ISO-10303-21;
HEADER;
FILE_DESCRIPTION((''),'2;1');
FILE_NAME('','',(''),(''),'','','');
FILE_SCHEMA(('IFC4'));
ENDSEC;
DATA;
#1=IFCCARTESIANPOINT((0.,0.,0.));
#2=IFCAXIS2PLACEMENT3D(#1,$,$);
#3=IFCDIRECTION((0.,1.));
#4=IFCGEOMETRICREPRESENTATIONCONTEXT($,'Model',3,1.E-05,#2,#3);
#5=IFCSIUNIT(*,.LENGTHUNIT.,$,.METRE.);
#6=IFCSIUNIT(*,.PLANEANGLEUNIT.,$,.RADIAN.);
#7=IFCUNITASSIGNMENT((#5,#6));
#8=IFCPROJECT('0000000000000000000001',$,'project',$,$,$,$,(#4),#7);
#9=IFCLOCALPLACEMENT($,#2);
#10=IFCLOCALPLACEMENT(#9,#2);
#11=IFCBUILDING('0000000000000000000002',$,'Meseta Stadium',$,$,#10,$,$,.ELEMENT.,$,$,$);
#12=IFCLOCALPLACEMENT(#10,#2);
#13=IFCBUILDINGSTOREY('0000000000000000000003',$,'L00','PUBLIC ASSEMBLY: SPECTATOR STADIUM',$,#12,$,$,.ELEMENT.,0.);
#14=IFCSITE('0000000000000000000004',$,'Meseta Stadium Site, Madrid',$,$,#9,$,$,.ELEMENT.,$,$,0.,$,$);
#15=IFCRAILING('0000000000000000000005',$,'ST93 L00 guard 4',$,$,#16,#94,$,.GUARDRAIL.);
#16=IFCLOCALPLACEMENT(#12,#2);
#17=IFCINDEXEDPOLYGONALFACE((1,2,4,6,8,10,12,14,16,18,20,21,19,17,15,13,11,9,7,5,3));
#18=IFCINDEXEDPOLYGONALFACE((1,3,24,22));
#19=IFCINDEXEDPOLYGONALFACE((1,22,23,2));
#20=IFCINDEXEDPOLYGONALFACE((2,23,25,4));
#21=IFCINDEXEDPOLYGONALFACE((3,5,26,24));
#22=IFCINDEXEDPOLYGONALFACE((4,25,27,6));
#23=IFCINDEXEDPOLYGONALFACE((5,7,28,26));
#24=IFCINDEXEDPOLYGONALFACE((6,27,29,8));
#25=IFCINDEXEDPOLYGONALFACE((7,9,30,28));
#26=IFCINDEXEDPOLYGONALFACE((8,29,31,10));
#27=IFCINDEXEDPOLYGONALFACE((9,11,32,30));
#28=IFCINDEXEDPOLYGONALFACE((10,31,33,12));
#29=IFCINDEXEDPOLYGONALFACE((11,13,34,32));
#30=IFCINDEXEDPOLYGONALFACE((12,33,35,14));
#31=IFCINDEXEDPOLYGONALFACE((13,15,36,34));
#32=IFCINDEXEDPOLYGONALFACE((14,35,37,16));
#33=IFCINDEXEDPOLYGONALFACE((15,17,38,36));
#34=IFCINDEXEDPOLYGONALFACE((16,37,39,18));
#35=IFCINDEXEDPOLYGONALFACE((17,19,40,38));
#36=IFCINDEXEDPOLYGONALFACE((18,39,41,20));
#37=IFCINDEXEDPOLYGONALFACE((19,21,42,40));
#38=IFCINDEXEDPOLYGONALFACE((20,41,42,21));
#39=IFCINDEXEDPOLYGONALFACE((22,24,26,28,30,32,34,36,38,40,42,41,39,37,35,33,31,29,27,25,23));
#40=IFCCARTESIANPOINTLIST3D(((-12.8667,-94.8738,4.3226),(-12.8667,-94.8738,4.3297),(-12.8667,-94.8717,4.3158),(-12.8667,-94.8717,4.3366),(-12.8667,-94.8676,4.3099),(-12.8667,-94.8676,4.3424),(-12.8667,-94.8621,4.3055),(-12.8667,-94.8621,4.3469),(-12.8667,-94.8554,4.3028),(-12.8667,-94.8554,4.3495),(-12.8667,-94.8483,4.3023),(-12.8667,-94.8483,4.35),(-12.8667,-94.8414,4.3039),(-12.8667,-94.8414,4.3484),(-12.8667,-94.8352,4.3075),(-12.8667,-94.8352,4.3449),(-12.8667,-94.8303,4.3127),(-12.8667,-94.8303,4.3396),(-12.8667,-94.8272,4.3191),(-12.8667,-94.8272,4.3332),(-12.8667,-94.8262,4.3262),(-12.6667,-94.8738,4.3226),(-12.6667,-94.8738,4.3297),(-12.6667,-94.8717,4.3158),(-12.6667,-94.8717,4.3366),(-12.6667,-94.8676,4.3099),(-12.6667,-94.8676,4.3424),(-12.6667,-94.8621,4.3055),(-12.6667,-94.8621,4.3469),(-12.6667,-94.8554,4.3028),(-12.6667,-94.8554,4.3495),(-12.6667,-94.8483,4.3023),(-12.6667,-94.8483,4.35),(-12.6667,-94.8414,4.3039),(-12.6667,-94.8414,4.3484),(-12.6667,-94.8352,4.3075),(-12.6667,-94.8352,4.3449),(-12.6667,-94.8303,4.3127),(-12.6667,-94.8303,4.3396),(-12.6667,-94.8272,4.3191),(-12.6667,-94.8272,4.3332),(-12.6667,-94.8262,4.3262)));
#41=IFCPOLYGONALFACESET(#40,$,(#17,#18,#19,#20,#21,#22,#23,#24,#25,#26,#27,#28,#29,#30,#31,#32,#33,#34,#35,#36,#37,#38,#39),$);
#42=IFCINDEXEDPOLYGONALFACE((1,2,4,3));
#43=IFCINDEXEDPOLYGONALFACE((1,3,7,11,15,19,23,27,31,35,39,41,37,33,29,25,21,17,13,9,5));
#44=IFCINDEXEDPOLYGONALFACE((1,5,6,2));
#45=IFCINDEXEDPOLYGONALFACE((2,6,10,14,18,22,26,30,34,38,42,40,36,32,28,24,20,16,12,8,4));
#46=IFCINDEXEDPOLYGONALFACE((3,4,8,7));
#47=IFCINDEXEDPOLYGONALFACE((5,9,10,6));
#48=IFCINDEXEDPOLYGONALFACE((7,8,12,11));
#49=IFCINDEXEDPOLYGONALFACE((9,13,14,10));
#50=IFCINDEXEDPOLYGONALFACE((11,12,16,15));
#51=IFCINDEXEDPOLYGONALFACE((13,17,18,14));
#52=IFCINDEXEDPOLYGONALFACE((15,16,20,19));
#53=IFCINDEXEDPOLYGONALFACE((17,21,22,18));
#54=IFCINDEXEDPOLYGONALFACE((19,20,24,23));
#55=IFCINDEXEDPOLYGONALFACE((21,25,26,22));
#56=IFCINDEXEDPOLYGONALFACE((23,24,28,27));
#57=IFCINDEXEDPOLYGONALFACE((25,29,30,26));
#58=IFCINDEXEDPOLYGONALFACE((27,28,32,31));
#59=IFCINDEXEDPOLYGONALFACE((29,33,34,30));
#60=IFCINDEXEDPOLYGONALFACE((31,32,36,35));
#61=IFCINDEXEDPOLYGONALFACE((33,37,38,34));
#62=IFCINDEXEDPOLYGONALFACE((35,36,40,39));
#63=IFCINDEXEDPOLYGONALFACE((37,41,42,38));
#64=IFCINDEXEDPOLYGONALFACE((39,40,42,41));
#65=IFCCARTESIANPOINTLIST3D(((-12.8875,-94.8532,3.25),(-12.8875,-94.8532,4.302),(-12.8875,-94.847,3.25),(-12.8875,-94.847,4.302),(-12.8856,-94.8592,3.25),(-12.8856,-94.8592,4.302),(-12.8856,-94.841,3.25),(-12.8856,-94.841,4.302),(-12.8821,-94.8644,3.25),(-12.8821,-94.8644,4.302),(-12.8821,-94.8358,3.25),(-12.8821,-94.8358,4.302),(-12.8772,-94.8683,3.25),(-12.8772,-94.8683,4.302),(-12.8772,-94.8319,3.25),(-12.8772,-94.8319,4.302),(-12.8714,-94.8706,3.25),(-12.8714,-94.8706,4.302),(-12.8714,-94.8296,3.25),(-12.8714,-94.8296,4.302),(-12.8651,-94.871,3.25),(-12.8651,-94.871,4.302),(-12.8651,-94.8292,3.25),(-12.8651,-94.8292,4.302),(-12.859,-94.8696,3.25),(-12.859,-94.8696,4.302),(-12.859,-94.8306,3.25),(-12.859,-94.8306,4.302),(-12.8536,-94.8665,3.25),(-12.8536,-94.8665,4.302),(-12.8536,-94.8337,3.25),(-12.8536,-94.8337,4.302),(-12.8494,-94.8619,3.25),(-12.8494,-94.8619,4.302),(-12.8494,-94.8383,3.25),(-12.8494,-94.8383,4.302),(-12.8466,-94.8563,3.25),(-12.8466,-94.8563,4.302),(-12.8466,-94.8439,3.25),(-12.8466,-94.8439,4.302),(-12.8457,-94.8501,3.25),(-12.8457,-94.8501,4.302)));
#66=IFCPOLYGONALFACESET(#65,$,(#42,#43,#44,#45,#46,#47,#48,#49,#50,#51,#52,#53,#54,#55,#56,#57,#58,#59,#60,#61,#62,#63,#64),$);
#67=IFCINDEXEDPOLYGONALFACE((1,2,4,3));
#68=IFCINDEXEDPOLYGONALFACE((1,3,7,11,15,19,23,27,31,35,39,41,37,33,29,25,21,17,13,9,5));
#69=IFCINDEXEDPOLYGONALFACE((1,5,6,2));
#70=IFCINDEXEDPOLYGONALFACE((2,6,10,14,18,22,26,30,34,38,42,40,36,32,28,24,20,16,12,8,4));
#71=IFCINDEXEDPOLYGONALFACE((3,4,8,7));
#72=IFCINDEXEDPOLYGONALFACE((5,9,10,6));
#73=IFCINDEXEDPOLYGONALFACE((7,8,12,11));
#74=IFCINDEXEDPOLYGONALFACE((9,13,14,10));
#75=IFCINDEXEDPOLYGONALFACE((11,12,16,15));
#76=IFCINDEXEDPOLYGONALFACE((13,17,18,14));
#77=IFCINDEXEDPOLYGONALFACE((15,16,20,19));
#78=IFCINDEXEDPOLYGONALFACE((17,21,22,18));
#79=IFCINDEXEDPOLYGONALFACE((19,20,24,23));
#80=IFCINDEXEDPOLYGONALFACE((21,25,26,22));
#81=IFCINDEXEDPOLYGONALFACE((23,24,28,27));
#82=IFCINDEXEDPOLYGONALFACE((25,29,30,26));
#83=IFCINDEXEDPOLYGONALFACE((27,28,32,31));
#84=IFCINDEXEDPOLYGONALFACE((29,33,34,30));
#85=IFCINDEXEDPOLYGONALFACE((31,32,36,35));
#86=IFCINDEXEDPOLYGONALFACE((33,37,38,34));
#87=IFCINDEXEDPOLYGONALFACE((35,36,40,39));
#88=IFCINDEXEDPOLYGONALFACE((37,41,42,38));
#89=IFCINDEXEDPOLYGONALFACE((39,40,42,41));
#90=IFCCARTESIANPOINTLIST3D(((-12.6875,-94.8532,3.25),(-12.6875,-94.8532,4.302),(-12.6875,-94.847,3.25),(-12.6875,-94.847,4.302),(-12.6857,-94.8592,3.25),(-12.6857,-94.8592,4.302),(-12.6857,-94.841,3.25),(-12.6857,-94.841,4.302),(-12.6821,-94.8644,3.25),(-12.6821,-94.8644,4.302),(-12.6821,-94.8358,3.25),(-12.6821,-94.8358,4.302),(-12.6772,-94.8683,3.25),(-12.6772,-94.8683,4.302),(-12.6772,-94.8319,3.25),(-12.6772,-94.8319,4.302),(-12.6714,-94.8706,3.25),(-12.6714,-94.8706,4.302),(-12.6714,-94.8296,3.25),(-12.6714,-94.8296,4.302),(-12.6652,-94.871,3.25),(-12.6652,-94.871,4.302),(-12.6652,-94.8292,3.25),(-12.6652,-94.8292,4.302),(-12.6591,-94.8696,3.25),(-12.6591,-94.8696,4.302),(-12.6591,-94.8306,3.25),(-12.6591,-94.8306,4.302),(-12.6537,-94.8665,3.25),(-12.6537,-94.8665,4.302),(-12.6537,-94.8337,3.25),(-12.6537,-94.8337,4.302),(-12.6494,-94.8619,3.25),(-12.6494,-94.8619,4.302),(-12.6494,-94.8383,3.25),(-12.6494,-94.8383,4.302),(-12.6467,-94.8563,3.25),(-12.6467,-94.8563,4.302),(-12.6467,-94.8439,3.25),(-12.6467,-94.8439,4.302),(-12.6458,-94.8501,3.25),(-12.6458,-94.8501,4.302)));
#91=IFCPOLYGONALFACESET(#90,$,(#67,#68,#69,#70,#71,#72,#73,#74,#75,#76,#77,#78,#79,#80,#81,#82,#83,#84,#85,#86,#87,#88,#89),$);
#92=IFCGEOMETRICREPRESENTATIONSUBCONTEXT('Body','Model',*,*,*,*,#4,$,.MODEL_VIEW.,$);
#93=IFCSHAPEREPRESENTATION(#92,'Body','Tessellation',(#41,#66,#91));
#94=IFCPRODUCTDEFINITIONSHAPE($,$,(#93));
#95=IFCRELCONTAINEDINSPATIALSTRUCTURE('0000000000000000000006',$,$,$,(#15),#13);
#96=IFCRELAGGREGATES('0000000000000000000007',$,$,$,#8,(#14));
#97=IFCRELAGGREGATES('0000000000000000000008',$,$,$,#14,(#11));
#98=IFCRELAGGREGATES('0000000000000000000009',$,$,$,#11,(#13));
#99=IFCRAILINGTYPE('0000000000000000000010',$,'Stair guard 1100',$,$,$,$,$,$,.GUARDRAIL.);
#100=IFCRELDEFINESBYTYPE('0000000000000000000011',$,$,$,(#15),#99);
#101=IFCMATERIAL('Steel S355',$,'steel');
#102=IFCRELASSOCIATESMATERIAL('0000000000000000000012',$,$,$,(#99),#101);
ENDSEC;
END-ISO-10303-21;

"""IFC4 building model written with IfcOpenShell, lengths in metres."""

from ifc_helpers import new_model, si_unit, direction, frame, origin, origin_2d, place, context, subcontext, project, spatial, circle, extrude, material, type_object, element, save


model = new_model("IFC4")

# Units and contexts
model_context = context("Model", 3, precision=1e-05, world=origin(), true_north=direction((0.0, 1.0)))
body_context = subcontext(model_context, "Body", "Model", "MODEL_VIEW")
ifc_project = project(units=[si_unit("LENGTHUNIT", "METRE"), si_unit("PLANEANGLEUNIT", "RADIAN")], contexts=[model_context])

# Site, building, storey
site_placement = place(None, origin())
site = spatial("IfcSite", under=ifc_project, at=site_placement, Name="Meseta Stadium Site, Madrid", CompositionType="ELEMENT", RefElevation=0.0)
building_placement = place(site_placement, origin())
building = spatial("IfcBuilding", under=site, at=building_placement, Name="Meseta Stadium", CompositionType="ELEMENT")
storey_placement = place(building_placement, origin())
storey = spatial("IfcBuildingStorey", under=building, at=storey_placement, Name="L00", Description="PUBLIC ASSEMBLY: SPECTATOR STADIUM", CompositionType="ELEMENT", Elevation=0.0)

# Railing
ifc_material_1 = material(Name="Steel S355", Category="steel")
railing_type_1 = type_object("IfcRailingType", Name="Stair guard 1100", PredefinedType="GUARDRAIL", material=ifc_material_1)
railing_1_placement = place(storey_placement, frame((-12.8667, -94.8501, 3.25)))
element("IfcRailing", 1, at=railing_1_placement, inside=storey, type_object=railing_type_1, Name="ST93 L00 guard 4", PredefinedType="GUARDRAIL", context=body_context, shape_type="SweptSolid", body=[
    extrude(circle(Radius=0.0239, at=origin_2d()), frame((0.0, 0.0, 1.0762), z_axis=(1.0, 0.0, 0.0), x_axis=(0.0, 1.0, 0.0)), (0.0, 0.0, 1.0), 0.2),
    extrude(circle(Radius=0.021, at=origin_2d()), origin(), (0.0, 0.0, 1.0), 1.052),
    extrude(circle(Radius=0.021, at=origin_2d()), frame((0.2, 0.0, 0.0)), (0.0, 0.0, 1.0), 1.052),
])

save(model, "model.ifc")
